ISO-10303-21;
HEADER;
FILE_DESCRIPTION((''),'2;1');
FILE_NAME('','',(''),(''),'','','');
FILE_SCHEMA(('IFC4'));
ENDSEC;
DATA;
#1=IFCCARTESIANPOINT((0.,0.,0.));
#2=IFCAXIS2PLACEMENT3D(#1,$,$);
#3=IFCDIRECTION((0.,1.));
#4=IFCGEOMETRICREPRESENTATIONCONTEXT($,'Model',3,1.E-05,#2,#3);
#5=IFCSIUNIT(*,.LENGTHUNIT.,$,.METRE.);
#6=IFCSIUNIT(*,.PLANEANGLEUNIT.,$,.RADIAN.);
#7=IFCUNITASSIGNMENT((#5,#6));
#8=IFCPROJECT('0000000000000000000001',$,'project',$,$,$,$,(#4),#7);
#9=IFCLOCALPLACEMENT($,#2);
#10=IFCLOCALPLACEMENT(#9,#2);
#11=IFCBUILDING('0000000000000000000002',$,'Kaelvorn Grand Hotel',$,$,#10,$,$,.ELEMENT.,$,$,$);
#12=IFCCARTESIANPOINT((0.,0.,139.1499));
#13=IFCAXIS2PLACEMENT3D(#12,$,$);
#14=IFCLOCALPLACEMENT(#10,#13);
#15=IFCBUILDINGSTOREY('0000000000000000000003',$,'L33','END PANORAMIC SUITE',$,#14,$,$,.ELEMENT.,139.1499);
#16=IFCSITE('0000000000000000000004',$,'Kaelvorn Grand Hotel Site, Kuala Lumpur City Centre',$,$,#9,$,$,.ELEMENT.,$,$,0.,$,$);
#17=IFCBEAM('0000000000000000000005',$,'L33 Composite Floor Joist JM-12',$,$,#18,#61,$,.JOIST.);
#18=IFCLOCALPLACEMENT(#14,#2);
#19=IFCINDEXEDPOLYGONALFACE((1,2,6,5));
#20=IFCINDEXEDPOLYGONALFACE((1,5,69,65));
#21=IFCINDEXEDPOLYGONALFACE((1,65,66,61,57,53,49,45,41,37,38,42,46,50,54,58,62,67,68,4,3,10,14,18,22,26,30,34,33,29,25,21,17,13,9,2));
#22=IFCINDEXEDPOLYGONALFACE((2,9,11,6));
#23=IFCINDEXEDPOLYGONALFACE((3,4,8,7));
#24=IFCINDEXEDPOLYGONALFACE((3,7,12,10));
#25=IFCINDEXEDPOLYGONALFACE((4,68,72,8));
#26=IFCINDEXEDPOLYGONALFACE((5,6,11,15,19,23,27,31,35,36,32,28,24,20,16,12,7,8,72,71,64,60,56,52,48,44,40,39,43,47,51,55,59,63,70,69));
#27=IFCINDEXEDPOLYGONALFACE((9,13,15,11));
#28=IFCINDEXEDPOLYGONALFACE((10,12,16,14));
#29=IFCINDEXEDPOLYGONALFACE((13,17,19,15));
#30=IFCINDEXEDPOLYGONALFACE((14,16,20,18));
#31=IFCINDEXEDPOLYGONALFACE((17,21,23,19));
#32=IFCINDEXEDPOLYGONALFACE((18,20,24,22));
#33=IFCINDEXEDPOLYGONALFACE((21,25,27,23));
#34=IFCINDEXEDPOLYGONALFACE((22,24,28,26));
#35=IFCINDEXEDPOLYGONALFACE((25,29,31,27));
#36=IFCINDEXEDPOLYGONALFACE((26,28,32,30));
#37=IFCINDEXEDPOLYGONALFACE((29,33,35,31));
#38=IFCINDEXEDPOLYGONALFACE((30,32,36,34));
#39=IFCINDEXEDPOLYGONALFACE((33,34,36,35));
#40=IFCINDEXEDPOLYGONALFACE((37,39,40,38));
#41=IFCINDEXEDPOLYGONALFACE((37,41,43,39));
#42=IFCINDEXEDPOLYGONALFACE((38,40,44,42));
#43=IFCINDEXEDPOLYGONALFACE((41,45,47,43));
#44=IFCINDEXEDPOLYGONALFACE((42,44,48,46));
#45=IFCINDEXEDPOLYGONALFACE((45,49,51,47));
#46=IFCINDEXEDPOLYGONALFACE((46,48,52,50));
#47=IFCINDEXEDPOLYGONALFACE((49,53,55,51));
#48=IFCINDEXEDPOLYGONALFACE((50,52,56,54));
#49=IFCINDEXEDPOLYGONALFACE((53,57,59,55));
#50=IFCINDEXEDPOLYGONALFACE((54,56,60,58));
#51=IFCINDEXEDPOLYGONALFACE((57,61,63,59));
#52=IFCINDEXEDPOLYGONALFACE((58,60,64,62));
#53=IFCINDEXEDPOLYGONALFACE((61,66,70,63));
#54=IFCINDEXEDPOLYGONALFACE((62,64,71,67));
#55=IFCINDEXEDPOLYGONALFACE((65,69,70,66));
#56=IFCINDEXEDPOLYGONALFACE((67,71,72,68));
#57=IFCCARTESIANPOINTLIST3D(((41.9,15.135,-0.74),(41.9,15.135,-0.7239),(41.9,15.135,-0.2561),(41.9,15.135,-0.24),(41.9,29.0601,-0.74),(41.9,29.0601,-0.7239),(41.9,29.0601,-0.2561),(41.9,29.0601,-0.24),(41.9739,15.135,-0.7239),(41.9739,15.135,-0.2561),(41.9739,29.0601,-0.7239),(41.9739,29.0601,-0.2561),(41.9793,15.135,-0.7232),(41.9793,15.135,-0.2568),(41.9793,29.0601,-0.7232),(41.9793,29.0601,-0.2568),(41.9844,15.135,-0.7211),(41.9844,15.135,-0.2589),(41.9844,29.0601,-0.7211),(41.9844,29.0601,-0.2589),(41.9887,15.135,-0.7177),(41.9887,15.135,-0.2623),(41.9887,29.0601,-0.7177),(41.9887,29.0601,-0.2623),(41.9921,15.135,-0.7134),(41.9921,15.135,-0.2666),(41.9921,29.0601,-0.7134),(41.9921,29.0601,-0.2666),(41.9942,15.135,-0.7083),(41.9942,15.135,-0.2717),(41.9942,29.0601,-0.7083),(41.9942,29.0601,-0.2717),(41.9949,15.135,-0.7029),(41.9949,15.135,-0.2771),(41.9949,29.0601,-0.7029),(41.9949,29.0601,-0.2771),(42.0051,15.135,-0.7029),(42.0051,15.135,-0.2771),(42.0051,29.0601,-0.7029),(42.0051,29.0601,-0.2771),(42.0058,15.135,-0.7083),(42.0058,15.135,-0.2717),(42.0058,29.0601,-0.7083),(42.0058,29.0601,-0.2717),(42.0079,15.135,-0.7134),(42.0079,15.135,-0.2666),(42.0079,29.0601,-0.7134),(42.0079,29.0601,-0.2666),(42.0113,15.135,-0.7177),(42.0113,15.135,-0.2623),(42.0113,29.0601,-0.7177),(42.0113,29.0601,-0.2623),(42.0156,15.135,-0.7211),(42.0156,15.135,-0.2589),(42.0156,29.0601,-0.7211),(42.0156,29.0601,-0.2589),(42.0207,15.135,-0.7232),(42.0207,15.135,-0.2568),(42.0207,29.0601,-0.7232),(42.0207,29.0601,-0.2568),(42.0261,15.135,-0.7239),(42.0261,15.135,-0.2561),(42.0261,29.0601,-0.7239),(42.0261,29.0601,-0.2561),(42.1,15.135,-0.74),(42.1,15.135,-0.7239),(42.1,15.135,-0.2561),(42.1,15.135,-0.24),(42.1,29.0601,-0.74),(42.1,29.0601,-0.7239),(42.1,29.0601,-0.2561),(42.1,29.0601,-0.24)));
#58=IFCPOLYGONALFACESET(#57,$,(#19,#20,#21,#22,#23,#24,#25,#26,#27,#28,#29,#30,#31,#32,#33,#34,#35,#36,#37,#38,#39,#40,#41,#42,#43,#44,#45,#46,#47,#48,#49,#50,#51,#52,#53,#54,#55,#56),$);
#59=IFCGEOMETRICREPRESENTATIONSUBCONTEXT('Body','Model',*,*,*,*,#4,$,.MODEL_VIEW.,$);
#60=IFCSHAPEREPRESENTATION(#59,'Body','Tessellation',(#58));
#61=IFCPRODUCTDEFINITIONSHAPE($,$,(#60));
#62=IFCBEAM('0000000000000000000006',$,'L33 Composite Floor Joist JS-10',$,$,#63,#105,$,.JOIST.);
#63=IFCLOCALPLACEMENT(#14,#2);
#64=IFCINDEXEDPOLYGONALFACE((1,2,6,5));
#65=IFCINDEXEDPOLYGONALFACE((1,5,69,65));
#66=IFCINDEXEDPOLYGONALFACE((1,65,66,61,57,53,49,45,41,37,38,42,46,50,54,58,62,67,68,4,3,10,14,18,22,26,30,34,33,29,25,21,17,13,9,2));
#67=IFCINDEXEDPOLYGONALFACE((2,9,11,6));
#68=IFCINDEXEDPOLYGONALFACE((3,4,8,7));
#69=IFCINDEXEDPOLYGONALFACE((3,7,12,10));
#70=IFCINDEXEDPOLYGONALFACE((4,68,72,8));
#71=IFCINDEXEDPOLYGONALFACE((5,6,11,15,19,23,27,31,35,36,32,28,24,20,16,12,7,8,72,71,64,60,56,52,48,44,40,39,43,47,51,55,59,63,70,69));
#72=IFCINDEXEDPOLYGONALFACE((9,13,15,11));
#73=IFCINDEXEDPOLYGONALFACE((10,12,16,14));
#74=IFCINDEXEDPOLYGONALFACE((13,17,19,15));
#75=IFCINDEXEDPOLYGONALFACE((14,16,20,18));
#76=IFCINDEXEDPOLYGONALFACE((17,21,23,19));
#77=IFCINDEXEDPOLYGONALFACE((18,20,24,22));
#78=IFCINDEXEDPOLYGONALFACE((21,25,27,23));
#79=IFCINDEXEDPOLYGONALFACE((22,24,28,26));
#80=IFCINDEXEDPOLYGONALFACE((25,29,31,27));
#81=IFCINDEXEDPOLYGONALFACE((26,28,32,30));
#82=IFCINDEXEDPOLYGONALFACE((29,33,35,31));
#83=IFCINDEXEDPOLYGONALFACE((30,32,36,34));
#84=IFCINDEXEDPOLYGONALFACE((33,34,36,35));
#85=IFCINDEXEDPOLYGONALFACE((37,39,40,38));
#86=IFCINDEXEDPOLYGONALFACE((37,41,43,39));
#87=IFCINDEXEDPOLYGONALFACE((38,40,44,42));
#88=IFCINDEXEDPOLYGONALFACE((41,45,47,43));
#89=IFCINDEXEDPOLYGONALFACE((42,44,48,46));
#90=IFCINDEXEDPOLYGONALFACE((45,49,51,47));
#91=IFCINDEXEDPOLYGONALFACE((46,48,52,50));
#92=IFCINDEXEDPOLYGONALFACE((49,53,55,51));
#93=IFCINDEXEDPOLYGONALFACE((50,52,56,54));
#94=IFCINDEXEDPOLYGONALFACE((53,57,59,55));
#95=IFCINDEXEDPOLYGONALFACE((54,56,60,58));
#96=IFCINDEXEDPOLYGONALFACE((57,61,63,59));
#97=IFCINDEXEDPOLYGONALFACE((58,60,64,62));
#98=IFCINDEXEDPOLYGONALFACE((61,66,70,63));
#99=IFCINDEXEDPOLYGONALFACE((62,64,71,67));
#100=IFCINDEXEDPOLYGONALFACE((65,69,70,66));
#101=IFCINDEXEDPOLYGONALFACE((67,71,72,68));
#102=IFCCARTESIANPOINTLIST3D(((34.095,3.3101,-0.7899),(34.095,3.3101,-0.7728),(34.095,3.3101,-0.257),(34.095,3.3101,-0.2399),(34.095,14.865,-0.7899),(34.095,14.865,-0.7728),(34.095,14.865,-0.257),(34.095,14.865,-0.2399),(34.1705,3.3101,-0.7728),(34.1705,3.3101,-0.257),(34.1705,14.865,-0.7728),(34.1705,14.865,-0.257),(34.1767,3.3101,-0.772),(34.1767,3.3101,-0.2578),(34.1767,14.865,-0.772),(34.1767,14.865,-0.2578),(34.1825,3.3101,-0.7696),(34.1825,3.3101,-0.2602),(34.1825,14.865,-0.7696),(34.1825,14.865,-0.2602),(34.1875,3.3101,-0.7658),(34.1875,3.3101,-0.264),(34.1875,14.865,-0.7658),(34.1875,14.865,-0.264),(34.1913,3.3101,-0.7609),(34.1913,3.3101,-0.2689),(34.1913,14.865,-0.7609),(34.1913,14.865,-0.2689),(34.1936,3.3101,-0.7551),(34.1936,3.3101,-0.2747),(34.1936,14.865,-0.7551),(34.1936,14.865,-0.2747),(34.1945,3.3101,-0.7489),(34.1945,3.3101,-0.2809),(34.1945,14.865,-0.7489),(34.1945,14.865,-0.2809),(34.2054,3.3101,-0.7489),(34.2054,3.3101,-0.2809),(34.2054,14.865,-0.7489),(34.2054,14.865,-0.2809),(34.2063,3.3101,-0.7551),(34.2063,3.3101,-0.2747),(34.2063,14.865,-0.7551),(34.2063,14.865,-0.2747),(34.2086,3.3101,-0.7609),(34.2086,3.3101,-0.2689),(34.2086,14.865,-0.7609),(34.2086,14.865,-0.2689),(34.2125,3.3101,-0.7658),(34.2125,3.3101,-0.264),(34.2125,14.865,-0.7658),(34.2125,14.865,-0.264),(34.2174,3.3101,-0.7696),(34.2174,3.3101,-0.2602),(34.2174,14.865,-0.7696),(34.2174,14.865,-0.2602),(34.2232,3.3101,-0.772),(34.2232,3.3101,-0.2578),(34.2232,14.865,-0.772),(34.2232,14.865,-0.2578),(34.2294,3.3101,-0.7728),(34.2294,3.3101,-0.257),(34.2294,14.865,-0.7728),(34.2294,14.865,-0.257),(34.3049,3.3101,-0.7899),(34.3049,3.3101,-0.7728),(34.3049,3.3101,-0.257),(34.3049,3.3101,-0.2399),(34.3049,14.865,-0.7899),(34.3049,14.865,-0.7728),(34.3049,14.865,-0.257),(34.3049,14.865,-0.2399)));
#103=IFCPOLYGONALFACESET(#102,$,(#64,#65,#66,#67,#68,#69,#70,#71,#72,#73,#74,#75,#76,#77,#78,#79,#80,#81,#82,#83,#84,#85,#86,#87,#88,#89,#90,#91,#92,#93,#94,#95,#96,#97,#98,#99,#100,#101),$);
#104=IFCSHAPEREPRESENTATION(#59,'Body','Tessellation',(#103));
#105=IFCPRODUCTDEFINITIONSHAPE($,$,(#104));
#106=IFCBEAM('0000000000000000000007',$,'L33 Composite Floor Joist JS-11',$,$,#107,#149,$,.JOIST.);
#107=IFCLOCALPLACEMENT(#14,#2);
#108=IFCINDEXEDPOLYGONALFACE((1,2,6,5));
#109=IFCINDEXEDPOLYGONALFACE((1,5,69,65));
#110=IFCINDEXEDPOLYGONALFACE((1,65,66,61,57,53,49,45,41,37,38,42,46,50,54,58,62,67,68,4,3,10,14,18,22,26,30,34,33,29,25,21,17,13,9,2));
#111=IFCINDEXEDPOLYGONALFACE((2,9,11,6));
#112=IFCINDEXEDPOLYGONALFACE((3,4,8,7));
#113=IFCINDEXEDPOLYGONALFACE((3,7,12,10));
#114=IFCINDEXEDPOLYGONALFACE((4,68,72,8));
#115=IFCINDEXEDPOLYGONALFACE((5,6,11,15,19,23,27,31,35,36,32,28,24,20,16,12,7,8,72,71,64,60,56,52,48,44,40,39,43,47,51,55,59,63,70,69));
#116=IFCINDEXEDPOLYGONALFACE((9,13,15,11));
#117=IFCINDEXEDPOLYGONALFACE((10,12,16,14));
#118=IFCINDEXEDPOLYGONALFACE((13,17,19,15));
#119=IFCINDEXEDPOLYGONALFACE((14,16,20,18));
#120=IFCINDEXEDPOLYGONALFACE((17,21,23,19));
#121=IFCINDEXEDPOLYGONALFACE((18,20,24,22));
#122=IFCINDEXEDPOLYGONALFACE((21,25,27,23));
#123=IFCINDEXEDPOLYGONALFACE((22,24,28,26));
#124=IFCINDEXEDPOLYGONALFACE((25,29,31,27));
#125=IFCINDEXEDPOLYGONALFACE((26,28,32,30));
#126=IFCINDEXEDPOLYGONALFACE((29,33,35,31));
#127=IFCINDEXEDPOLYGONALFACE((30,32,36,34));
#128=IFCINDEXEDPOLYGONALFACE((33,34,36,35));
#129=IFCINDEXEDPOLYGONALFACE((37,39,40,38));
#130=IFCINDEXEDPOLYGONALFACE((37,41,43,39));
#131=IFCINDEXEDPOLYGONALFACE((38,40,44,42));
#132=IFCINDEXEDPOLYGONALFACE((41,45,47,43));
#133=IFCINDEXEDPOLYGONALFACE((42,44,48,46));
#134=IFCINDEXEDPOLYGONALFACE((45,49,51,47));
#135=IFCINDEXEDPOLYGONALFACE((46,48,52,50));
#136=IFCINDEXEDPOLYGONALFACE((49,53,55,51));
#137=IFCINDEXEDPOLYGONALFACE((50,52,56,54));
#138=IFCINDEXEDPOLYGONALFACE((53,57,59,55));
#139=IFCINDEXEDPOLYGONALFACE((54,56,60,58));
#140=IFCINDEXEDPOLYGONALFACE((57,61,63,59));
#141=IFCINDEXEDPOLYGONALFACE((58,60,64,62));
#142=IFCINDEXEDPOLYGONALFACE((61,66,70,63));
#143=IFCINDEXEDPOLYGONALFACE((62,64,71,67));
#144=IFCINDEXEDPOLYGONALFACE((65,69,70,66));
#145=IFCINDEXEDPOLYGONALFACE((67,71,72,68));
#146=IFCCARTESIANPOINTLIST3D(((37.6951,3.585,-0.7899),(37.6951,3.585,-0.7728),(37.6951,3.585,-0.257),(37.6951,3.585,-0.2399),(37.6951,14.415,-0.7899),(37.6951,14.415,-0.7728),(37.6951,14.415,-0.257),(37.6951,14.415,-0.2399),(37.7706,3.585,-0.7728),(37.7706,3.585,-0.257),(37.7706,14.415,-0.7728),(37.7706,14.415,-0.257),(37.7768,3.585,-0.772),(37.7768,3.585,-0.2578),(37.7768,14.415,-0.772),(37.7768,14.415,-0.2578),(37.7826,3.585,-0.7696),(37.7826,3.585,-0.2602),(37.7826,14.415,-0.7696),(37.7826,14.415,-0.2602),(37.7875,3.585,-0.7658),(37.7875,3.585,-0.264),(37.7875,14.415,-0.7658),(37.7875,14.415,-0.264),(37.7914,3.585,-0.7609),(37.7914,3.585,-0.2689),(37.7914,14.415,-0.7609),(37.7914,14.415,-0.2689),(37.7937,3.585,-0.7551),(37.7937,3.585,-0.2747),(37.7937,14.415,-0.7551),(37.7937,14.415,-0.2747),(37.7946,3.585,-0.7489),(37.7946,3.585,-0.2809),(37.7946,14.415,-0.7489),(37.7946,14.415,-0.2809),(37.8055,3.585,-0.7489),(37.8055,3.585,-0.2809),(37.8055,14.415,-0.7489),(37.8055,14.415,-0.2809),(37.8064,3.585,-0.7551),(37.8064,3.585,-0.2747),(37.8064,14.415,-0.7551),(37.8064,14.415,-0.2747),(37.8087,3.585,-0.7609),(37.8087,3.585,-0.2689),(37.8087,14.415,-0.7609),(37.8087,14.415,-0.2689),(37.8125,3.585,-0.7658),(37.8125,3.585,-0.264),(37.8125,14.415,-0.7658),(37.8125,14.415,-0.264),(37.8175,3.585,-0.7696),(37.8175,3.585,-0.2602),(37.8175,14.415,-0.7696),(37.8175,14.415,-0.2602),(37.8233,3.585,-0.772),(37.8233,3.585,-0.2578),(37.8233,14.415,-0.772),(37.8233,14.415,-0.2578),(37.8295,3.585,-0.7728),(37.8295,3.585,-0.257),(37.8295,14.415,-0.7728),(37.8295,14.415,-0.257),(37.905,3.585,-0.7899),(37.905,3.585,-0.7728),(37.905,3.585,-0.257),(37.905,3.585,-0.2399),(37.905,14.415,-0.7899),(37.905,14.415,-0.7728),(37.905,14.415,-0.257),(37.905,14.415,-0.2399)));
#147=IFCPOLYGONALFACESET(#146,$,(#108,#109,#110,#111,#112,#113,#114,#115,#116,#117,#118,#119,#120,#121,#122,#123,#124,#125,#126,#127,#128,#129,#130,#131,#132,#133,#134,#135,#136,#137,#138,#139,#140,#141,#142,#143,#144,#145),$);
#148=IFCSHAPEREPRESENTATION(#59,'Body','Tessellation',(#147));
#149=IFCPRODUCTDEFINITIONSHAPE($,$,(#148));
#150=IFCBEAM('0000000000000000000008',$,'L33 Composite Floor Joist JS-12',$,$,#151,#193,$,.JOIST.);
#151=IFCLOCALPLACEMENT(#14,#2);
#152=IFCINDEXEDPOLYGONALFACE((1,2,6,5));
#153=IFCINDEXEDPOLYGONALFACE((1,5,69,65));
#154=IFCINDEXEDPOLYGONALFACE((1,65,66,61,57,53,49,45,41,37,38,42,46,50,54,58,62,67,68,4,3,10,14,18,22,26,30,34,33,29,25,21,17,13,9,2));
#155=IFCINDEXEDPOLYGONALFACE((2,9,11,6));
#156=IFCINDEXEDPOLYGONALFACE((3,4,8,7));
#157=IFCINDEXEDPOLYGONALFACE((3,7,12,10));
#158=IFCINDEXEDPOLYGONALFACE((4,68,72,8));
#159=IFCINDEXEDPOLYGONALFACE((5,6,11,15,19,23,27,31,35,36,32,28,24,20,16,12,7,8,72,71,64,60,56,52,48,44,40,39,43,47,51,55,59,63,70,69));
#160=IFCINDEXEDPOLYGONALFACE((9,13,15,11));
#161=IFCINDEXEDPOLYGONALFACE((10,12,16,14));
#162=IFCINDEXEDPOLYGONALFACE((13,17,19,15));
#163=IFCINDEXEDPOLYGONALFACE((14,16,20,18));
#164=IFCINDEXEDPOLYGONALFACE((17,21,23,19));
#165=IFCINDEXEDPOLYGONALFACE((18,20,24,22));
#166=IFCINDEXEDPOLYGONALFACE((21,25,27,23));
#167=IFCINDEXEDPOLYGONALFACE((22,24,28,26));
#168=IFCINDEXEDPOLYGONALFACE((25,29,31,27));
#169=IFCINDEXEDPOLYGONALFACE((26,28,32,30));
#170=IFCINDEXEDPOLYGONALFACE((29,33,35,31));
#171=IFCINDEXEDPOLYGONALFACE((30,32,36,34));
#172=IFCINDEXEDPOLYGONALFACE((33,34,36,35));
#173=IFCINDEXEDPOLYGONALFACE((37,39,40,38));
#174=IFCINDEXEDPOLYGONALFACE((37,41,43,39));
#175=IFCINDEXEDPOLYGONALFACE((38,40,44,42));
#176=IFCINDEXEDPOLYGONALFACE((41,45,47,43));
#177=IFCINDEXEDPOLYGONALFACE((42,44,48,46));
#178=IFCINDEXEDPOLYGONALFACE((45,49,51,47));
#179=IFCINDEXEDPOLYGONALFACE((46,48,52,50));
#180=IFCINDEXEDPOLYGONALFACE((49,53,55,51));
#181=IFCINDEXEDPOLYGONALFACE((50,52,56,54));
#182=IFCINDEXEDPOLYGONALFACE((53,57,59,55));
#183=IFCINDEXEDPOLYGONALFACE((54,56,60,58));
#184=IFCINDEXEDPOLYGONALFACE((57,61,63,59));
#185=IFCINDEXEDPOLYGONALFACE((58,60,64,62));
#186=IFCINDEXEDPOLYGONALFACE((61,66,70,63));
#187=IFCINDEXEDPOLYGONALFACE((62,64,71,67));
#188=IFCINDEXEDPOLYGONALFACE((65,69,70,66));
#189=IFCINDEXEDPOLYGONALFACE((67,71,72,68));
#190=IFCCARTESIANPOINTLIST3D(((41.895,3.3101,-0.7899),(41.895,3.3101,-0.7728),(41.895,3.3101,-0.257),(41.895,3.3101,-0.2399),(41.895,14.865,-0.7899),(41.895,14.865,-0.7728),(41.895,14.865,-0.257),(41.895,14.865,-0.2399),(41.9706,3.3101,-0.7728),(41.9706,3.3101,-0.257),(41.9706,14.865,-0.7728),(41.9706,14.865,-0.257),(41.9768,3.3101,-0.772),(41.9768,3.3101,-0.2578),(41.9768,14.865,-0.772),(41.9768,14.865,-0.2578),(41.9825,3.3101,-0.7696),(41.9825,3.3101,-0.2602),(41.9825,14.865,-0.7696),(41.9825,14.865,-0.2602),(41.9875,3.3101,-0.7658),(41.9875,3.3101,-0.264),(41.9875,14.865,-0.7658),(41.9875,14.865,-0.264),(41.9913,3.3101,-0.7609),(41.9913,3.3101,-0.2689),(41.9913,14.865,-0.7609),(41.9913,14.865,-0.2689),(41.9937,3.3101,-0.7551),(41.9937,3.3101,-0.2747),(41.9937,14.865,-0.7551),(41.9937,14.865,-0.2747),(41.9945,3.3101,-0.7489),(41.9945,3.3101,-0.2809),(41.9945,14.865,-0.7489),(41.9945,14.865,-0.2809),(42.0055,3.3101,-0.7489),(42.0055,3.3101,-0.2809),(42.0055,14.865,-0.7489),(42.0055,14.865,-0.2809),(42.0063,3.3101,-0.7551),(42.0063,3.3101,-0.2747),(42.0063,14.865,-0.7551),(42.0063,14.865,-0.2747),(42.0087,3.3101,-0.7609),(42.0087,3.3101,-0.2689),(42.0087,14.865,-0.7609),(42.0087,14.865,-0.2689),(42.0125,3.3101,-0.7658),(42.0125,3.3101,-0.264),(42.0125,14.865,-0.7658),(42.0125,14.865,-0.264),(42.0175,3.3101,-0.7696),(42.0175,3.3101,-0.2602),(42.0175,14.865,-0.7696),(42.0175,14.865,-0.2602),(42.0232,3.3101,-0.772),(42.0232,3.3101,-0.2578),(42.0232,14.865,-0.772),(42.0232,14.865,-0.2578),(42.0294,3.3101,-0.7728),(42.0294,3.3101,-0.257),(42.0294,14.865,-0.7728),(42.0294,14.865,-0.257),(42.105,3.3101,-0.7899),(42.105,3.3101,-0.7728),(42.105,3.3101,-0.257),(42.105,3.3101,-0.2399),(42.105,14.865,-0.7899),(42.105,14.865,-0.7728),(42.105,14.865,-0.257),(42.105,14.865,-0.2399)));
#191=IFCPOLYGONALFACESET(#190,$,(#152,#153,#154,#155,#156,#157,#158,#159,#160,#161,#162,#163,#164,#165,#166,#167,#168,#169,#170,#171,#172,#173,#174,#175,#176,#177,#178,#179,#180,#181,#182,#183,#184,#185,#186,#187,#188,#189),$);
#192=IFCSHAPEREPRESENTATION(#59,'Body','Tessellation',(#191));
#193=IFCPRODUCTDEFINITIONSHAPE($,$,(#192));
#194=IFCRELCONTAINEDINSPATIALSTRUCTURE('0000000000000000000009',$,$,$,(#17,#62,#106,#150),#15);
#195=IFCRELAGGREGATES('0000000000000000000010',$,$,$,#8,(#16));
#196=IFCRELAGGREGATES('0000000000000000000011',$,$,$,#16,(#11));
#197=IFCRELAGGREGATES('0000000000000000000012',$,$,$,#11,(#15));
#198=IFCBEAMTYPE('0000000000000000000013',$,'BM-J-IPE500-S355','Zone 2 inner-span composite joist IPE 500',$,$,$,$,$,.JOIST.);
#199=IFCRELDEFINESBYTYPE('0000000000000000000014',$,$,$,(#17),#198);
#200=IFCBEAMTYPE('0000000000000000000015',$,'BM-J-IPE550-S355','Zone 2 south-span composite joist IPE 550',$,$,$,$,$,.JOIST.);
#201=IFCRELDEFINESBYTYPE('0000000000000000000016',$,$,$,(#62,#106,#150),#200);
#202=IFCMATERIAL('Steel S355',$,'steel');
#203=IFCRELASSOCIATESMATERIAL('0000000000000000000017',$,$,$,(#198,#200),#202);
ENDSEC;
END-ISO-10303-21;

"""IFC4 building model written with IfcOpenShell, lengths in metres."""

from ifc_helpers import new_model, si_unit, direction, frame, origin, origin_2d, place, context, subcontext, project, spatial, i_section, extrude, material, material_profile, profile_set, type_object, element, save


model = new_model("IFC4")

# Units and contexts
model_context = context("Model", 3, precision=1e-05, world=origin(), true_north=direction((0.0, 1.0)))
body_context = subcontext(model_context, "Body", "Model", "MODEL_VIEW")
ifc_project = project(units=[si_unit("LENGTHUNIT", "METRE"), si_unit("PLANEANGLEUNIT", "RADIAN")], contexts=[model_context])

# Site, building, storey
site_placement = place(None, origin())
site = spatial("IfcSite", under=ifc_project, at=site_placement, Name="Kaelvorn Grand Hotel Site, Kuala Lumpur City Centre", CompositionType="ELEMENT", RefElevation=0.0)
building_placement = place(site_placement, origin())
building = spatial("IfcBuilding", under=site, at=building_placement, Name="Kaelvorn Grand Hotel", CompositionType="ELEMENT")
storey_placement = place(building_placement, frame((0.0, 0.0, 139.1499)))
storey = spatial("IfcBuildingStorey", under=building, at=storey_placement, Name="L33", Description="END PANORAMIC SUITE", CompositionType="ELEMENT", Elevation=139.1499)

# Beams
ifc_material_1 = material(Name="Steel S355", Category="steel")
ifc_material_profile_1 = material_profile(ifc_material_1, i_section(OverallWidth=0.2, OverallDepth=0.5, WebThickness=0.0103, FlangeThickness=0.0161, FilletRadius=0.021, at=origin_2d()), Name="IPE 500")
ifc_profile_set_1 = profile_set([ifc_material_profile_1], Name="Steel S355")
beam_type_1 = type_object("IfcBeamType", Name="BM-J-IPE500-S355", Description="Zone 2 inner-span composite joist IPE 500", PredefinedType="JOIST", material=ifc_profile_set_1)
beam_1_placement = place(storey_placement, frame((42.0, 15.135, -0.49), z_axis=(0.0, 1.0, 0.0), x_axis=(-1.0, 0.0, 0.0)))
element("IfcBeam", 1, at=beam_1_placement, inside=storey, type_object=beam_type_1, Name="L33 Composite Floor Joist JM-12", PredefinedType="JOIST", context=body_context, shape_type="SweptSolid", body=[
    extrude(i_section(OverallWidth=0.2, OverallDepth=0.5, WebThickness=0.0103, FlangeThickness=0.0161, FilletRadius=0.021, at=origin_2d()), origin(), (0.0, 0.0, 1.0), 13.925),
])
ifc_material_profile_2 = material_profile(ifc_material_1, i_section(OverallWidth=0.21, OverallDepth=0.55, WebThickness=0.011, FlangeThickness=0.0171, FilletRadius=0.0239, at=origin_2d()), Name="IPE 550")
ifc_profile_set_2 = profile_set([ifc_material_profile_2], Name="Steel S355")
beam_type_2 = type_object("IfcBeamType", Name="BM-J-IPE550-S355", Description="Zone 2 south-span composite joist IPE 550", PredefinedType="JOIST", material=ifc_profile_set_2)
beam_2_placement = place(storey_placement, frame((34.2, 3.3101, -0.5149), z_axis=(0.0, 1.0, 0.0), x_axis=(-1.0, 0.0, 0.0)))
element("IfcBeam", 2, at=beam_2_placement, inside=storey, type_object=beam_type_2, Name="L33 Composite Floor Joist JS-10", PredefinedType="JOIST", context=body_context, shape_type="SweptSolid", body=[
    extrude(i_section(OverallWidth=0.21, OverallDepth=0.55, WebThickness=0.011, FlangeThickness=0.0171, FilletRadius=0.0239, at=origin_2d()), origin(), (0.0, 0.0, 1.0), 11.5549),
])
beam_3_placement = place(storey_placement, frame((37.8, 3.585, -0.5149), z_axis=(0.0, 1.0, 0.0), x_axis=(-1.0, 0.0, 0.0)))
element("IfcBeam", 3, at=beam_3_placement, inside=storey, type_object=beam_type_2, Name="L33 Composite Floor Joist JS-11", PredefinedType="JOIST", context=body_context, shape_type="SweptSolid", body=[
    extrude(i_section(OverallWidth=0.21, OverallDepth=0.55, WebThickness=0.011, FlangeThickness=0.0171, FilletRadius=0.0239, at=origin_2d()), origin(), (0.0, 0.0, 1.0), 10.8301),
])
beam_4_placement = place(storey_placement, frame((42.0, 3.3101, -0.5149), z_axis=(0.0, 1.0, 0.0), x_axis=(-1.0, 0.0, 0.0)))
element("IfcBeam", 4, at=beam_4_placement, inside=storey, type_object=beam_type_2, Name="L33 Composite Floor Joist JS-12", PredefinedType="JOIST", context=body_context, shape_type="SweptSolid", body=[
    extrude(i_section(OverallWidth=0.21, OverallDepth=0.55, WebThickness=0.011, FlangeThickness=0.0171, FilletRadius=0.0239, at=origin_2d()), origin(), (0.0, 0.0, 1.0), 11.5549),
])

save(model, "model.ifc")
